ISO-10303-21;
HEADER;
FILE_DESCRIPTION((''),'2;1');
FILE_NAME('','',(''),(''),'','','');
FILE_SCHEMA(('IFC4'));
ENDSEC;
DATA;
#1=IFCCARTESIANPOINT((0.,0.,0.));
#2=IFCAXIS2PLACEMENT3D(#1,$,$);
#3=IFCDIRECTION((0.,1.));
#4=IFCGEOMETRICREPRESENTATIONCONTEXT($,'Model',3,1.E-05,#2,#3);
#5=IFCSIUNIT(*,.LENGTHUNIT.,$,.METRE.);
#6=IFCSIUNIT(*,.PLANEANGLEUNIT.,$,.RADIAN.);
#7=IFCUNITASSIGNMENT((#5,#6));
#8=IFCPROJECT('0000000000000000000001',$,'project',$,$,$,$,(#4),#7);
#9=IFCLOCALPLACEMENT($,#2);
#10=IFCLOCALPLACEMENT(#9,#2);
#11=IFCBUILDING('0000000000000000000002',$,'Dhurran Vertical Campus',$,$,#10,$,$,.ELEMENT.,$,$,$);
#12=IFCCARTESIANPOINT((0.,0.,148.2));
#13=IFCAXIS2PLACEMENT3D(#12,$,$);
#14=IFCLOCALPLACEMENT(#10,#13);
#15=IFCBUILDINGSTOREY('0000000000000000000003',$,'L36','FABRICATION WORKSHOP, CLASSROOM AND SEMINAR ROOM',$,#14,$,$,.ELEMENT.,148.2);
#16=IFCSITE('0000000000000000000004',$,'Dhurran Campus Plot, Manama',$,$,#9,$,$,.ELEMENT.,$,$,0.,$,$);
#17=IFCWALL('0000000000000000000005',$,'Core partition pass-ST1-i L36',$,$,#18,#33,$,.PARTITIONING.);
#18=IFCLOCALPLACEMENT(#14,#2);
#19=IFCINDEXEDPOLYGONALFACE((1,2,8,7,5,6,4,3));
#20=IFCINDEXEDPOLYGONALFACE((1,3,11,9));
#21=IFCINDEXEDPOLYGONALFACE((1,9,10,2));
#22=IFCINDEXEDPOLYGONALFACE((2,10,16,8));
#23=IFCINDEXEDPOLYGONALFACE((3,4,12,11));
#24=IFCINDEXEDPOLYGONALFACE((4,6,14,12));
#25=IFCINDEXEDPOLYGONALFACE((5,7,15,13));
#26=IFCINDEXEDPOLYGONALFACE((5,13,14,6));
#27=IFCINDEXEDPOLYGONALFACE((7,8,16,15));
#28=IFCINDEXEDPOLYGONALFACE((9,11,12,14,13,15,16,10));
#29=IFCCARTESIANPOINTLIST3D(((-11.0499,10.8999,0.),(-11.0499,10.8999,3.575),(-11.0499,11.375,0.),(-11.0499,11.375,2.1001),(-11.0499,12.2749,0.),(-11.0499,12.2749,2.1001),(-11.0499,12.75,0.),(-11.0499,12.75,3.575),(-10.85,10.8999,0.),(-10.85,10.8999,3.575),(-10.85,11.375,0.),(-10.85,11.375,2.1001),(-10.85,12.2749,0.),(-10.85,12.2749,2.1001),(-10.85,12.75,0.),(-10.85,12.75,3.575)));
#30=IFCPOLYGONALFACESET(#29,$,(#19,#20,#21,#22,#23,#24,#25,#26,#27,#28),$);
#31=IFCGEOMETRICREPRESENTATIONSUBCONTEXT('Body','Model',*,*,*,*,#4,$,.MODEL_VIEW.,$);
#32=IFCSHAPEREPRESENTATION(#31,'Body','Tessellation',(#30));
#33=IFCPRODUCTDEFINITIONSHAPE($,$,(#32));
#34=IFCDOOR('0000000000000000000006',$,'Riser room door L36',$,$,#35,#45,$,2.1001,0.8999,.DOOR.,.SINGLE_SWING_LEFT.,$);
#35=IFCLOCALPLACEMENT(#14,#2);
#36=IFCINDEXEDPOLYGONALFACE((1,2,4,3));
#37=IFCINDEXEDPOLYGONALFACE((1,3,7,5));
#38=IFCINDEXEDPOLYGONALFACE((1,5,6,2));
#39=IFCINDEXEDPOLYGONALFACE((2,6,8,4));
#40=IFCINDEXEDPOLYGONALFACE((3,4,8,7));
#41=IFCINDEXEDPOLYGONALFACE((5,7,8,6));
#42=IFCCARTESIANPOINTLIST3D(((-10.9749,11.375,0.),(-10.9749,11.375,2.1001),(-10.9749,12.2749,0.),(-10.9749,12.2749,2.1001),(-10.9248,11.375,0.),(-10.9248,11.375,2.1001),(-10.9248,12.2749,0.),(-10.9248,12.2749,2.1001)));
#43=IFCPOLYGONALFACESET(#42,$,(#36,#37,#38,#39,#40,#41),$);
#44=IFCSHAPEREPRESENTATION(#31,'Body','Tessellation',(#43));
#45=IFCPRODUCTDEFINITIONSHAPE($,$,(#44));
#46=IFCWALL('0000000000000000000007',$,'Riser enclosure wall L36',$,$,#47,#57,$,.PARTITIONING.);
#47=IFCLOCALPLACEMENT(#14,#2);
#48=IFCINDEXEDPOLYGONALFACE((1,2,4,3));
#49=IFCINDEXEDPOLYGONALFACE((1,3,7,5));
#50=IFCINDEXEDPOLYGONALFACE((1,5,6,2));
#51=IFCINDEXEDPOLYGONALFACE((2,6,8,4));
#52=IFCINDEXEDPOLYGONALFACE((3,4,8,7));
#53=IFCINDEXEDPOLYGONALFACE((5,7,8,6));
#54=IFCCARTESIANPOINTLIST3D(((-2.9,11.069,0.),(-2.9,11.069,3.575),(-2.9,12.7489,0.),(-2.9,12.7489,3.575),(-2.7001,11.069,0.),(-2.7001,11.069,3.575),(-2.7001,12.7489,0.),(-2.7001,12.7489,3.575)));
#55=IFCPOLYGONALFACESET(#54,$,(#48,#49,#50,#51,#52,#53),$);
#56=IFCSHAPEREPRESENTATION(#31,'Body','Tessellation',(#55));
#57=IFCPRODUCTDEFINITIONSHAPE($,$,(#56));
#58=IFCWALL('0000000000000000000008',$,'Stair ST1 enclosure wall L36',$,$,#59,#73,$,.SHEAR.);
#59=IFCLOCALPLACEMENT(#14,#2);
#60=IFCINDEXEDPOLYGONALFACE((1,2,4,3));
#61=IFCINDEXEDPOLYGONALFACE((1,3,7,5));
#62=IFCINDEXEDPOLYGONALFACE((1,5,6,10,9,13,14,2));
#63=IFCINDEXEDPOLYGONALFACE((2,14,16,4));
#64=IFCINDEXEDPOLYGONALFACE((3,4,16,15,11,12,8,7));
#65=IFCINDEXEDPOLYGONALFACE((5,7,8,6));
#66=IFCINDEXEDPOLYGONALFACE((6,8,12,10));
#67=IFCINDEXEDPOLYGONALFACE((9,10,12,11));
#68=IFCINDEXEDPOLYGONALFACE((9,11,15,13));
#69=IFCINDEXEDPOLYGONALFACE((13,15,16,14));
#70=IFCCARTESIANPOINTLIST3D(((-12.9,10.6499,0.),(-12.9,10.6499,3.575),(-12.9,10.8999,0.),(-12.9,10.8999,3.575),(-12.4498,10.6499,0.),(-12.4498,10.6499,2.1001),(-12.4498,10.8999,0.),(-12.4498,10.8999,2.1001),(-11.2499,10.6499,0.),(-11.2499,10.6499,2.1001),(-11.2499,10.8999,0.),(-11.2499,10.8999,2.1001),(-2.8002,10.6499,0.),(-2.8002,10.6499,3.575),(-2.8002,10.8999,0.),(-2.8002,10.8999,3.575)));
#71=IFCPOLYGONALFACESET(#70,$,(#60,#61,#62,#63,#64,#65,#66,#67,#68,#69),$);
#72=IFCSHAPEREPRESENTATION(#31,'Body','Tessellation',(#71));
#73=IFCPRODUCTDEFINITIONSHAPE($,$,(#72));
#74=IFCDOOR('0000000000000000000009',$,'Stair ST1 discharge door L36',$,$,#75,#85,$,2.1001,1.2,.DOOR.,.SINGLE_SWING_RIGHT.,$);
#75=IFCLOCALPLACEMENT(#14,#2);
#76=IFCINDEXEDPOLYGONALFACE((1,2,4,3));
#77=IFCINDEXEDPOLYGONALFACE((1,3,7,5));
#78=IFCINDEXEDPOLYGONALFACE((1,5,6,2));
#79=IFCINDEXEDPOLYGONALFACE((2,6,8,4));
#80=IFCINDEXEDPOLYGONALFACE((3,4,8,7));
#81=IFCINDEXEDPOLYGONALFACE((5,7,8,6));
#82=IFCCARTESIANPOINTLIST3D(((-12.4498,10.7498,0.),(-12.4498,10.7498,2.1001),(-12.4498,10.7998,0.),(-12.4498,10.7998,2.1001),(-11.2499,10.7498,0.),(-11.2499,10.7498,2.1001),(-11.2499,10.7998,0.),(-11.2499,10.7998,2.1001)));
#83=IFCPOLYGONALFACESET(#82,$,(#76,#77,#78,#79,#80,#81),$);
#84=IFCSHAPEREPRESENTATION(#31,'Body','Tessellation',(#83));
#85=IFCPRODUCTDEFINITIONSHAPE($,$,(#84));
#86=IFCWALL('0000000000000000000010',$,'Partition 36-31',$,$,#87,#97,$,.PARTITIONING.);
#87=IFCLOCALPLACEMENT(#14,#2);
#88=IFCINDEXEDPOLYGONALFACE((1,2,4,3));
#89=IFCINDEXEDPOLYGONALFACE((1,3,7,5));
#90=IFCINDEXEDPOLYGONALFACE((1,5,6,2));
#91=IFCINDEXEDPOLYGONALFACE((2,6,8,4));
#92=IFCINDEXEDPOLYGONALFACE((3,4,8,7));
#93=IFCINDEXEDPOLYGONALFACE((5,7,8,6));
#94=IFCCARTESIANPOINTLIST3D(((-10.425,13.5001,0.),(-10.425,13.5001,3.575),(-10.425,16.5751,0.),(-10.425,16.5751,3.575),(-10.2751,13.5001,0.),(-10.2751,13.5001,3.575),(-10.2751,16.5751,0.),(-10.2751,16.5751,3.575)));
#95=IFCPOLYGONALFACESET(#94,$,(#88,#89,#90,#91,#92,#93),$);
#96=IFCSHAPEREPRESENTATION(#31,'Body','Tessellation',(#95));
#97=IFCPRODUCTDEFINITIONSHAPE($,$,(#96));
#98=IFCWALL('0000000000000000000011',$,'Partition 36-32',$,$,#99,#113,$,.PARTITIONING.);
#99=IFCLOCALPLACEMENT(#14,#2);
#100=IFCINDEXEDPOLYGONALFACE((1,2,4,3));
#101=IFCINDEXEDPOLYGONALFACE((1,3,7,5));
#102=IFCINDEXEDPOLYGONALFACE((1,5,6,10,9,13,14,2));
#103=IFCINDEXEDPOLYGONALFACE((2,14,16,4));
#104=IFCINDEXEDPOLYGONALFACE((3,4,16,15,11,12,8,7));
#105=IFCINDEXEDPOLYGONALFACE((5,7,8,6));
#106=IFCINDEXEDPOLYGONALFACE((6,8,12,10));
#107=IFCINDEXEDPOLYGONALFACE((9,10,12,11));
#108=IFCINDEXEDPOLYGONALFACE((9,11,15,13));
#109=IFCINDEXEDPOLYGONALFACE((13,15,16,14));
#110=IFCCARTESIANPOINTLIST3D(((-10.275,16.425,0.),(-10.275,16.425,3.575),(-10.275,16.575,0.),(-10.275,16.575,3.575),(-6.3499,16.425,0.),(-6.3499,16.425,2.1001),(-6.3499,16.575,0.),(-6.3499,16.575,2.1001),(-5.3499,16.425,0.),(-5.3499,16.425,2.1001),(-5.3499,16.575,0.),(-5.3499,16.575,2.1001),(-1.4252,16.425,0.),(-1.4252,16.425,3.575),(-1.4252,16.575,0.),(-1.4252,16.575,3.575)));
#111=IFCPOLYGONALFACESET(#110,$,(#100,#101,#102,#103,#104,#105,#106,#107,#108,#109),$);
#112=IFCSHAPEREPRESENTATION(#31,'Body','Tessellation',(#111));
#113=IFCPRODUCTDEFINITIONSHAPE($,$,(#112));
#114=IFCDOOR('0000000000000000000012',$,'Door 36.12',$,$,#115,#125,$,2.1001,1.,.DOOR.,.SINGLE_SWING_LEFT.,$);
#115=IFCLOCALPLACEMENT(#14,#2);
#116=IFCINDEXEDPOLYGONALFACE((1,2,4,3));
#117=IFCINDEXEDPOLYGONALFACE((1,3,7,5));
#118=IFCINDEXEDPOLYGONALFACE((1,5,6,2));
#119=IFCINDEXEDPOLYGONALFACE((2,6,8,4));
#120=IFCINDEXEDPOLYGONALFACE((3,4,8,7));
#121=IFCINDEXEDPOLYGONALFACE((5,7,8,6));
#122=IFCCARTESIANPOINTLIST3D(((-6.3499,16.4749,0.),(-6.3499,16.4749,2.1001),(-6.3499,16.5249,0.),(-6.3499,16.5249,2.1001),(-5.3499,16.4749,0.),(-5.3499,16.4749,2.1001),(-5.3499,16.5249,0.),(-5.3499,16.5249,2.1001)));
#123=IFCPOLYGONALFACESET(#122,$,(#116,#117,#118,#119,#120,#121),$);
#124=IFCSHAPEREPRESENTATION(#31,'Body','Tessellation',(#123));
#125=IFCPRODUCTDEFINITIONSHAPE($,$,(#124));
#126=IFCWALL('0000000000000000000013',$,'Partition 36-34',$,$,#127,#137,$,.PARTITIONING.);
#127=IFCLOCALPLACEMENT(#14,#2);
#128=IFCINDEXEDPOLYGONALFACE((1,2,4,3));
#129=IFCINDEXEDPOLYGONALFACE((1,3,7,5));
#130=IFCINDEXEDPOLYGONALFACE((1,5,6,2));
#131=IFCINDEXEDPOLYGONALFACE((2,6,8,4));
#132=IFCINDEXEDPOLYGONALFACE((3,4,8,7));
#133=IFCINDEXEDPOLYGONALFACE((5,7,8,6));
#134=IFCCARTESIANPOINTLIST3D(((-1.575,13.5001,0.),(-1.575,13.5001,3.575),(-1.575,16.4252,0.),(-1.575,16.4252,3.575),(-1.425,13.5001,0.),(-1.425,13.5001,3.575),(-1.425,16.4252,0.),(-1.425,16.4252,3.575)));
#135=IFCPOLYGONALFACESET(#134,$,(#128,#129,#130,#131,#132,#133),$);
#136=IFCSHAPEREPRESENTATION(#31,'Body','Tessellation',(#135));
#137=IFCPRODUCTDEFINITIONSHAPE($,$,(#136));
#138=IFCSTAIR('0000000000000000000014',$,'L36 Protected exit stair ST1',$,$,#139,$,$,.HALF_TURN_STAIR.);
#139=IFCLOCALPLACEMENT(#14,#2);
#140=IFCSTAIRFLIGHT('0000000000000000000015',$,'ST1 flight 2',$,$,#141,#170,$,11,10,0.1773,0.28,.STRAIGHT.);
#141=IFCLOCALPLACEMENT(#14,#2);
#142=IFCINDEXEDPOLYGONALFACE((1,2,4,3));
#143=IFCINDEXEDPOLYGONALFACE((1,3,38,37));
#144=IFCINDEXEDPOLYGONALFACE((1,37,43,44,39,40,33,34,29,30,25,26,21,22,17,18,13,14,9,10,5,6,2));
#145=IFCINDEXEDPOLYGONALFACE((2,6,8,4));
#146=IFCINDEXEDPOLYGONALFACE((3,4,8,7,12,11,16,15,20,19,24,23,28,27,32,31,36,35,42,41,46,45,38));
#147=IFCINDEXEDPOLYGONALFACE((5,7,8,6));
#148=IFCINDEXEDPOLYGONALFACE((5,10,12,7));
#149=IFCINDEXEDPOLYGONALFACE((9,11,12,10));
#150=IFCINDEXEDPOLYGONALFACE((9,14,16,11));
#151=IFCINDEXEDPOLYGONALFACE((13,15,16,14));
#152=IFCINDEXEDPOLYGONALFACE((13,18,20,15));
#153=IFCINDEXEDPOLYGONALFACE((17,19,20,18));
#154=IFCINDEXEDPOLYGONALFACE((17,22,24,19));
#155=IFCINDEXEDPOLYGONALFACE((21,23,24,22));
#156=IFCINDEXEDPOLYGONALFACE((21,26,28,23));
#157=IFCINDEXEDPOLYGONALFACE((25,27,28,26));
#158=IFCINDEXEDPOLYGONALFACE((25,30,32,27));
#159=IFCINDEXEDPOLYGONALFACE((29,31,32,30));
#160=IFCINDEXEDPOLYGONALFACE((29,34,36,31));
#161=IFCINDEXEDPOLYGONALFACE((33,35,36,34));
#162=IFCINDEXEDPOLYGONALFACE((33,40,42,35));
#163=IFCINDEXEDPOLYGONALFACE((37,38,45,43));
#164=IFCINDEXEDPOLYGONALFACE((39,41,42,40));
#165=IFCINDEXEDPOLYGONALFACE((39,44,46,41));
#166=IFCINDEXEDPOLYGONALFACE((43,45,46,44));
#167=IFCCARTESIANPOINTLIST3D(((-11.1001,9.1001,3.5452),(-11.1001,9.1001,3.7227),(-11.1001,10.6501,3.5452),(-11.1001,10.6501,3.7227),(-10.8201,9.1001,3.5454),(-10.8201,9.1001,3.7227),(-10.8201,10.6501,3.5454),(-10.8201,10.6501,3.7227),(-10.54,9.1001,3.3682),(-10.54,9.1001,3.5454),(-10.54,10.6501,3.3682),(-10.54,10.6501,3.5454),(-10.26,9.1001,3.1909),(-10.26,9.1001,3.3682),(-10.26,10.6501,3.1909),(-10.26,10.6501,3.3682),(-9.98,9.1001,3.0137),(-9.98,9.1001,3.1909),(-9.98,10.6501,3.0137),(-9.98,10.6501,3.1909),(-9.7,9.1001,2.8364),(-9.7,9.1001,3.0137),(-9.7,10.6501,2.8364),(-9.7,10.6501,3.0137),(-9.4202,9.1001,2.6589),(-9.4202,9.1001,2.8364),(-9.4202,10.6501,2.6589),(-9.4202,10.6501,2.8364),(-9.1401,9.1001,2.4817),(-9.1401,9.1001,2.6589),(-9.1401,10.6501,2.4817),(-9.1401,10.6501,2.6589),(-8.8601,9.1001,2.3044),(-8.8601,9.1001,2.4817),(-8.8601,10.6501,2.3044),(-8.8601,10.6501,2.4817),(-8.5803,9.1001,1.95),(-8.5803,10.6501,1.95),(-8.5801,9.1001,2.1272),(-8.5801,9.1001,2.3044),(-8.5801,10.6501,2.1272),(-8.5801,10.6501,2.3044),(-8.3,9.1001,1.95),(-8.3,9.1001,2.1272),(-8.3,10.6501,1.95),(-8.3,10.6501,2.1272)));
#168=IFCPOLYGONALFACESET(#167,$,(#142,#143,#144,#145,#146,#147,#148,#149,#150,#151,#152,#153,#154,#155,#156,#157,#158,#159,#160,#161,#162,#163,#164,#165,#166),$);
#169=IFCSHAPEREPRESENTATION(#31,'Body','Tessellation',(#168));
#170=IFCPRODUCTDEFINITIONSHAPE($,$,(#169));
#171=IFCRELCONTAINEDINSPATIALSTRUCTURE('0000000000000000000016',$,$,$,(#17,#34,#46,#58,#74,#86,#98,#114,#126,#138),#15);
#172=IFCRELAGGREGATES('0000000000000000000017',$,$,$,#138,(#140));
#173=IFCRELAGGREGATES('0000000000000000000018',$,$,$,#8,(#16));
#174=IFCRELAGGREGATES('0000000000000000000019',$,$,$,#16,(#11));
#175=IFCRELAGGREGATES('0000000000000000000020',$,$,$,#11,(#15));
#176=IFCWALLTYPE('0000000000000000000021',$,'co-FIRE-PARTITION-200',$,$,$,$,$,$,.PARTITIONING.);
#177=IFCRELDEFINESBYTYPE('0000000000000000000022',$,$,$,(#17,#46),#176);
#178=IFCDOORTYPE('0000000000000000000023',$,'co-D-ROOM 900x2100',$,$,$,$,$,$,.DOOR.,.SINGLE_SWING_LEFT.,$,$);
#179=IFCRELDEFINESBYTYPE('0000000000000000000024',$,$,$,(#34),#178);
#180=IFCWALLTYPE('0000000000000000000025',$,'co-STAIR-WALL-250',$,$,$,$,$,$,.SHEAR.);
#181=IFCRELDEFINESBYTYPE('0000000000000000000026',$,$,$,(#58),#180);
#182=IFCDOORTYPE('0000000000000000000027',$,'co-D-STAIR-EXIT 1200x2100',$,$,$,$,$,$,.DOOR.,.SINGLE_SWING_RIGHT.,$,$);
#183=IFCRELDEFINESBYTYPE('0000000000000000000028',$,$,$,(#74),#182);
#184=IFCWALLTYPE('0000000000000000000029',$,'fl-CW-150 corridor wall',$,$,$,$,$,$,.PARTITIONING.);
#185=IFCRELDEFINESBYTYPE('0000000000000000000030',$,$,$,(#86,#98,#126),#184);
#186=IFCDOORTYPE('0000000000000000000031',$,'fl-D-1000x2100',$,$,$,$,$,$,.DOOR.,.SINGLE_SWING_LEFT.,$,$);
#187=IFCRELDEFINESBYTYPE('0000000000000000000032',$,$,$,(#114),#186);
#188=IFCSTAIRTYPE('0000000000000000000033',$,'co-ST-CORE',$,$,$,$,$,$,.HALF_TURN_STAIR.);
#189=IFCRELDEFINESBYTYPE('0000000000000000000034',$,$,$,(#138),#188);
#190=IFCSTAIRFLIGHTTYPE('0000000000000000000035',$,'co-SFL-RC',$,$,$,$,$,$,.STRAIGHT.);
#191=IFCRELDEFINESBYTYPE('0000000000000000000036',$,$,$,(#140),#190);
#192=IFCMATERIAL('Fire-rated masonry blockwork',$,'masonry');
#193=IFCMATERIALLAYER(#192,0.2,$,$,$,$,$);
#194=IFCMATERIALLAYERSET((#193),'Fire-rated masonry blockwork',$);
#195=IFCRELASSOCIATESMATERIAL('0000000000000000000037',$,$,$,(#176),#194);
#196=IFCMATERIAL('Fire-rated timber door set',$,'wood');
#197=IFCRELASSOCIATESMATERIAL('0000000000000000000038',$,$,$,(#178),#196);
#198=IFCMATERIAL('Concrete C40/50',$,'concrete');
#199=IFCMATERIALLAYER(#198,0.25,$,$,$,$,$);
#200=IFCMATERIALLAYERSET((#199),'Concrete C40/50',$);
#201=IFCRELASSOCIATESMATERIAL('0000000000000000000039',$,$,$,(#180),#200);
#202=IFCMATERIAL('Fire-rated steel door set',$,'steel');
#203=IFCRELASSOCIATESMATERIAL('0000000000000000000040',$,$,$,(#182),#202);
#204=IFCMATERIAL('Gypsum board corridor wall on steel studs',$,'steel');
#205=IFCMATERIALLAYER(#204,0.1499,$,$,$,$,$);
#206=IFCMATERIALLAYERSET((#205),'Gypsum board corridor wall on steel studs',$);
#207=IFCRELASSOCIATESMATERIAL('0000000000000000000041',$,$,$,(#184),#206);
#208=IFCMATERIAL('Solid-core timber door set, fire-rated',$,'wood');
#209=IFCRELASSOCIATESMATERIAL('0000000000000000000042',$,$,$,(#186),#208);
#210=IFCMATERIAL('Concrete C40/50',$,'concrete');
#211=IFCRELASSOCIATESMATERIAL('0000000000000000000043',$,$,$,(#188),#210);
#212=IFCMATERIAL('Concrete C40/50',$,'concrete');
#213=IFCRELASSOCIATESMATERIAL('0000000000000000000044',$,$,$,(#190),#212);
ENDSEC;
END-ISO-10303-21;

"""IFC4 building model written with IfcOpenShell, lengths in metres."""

from ifc_helpers import new_model, si_unit, direction, frame, frame_2d, origin, place, context, subcontext, project, spatial, polyline, rectangle, outline, extrude, material, layer, layer_set, type_object, element, fill, aggregate, save


model = new_model("IFC4")

# Units and contexts
model_context = context("Model", 3, precision=1e-05, world=origin(), true_north=direction((0.0, 1.0)))
body_context = subcontext(model_context, "Body", "Model", "MODEL_VIEW")
ifc_project = project(units=[si_unit("LENGTHUNIT", "METRE"), si_unit("PLANEANGLEUNIT", "RADIAN")], contexts=[model_context])

# Site, building, storey
site_placement = place(None, origin())
site = spatial("IfcSite", under=ifc_project, at=site_placement, Name="Dhurran Campus Plot, Manama", CompositionType="ELEMENT", RefElevation=0.0)
building_placement = place(site_placement, origin())
building = spatial("IfcBuilding", under=site, at=building_placement, Name="Dhurran Vertical Campus", CompositionType="ELEMENT")
storey_placement = place(building_placement, frame((0.0, 0.0, 148.2)))
storey = spatial("IfcBuildingStorey", under=building, at=storey_placement, Name="L36", Description="FABRICATION WORKSHOP, CLASSROOM AND SEMINAR ROOM", CompositionType="ELEMENT", Elevation=148.2)

# Shared definitions
ifc_material_1 = material(Name="Fire-rated masonry blockwork", Category="masonry")
ifc_layer_1 = layer(ifc_material_1, 0.2)
ifc_layer_set_1 = layer_set([ifc_layer_1], Name="Fire-rated masonry blockwork")
wall_type_1 = type_object("IfcWallType", Name="co-FIRE-PARTITION-200", PredefinedType="PARTITIONING", material=ifc_layer_set_1)

# Wall, opening, door
wall_1_placement = place(storey_placement, frame((-10.95, 10.8999, 0.0), z_axis=(0.0, 0.0, 1.0), x_axis=(0.0, 1.0, 0.0)))
wall_1 = element("IfcWall", 1, at=wall_1_placement, inside=storey, type_object=wall_type_1, Name="Core partition pass-ST1-i L36", PredefinedType="PARTITIONING", context=body_context, shape_type="SweptSolid", body=[
    extrude(rectangle(XDim=1.8501, YDim=0.2, at=frame_2d((0.925, 0.0))), origin(), (0.0, 0.0, 1.0), 3.575),
])
opening_1_placement = place(wall_1_placement, frame((0.4751, 0.0, 0.0)))
opening_1 = element("IfcOpeningElement", 2, at=opening_1_placement, cuts=wall_1, PredefinedType="OPENING", context=body_context, shape_type="SweptSolid", body=[
    extrude(rectangle(XDim=0.8999, YDim=2.1001, at=frame_2d((0.45, 1.05))), frame((0.0, 0.1099, 0.0), z_axis=(0.0, -1.0, 0.0), x_axis=(1.0, 0.0, 0.0)), (0.0, 0.0, 1.0), 0.22),
])
ifc_material_2 = material(Name="Fire-rated timber door set", Category="wood")
door_type_1 = type_object("IfcDoorType", Name="co-D-ROOM 900x2100", OperationType="SINGLE_SWING_LEFT", PredefinedType="DOOR", material=ifc_material_2)
door_1_placement = place(opening_1_placement, origin())
door_1 = element("IfcDoor", 3, at=door_1_placement, inside=storey, type_object=door_type_1, Name="Riser room door L36", OperationType="SINGLE_SWING_LEFT", OverallHeight=2.1001, OverallWidth=0.8999, PredefinedType="DOOR", context=body_context, shape_type="SweptSolid", body=[
    extrude(rectangle(XDim=0.8999, YDim=2.1001, at=frame_2d((0.45, 1.05))), frame((0.0, 0.0249, 0.0), z_axis=(0.0, -1.0, 0.0), x_axis=(1.0, 0.0, 0.0)), (0.0, 0.0, 1.0), 0.05),
])
fill(opening_1, door_1)

# Wall
wall_2_placement = place(storey_placement, frame((-2.8, 11.0691, 0.0), z_axis=(0.0, 0.0, 1.0), x_axis=(0.0, 1.0, 0.0)))
element("IfcWall", 4, at=wall_2_placement, inside=storey, type_object=wall_type_1, Name="Riser enclosure wall L36", PredefinedType="PARTITIONING", context=body_context, shape_type="SweptSolid", body=[
    extrude(rectangle(XDim=1.6799, YDim=0.2, at=frame_2d((0.8398, 0.0))), origin(), (0.0, 0.0, 1.0), 3.575),
])

# Wall, opening, door
ifc_material_3 = material(Name="Concrete C40/50", Category="concrete")
ifc_layer_2 = layer(ifc_material_3, 0.25)
ifc_layer_set_2 = layer_set([ifc_layer_2], Name="Concrete C40/50")
wall_type_2 = type_object("IfcWallType", Name="co-STAIR-WALL-250", PredefinedType="SHEAR", material=ifc_layer_set_2)
wall_3_placement = place(storey_placement, frame((-12.8999, 10.7749, 0.0), z_axis=(0.0, 0.0, 1.0), x_axis=(1.0, 0.0, 0.0)))
wall_3 = element("IfcWall", 5, at=wall_3_placement, inside=storey, type_object=wall_type_2, Name="Stair ST1 enclosure wall L36", PredefinedType="SHEAR", context=body_context, shape_type="SweptSolid", body=[
    extrude(rectangle(XDim=10.0999, YDim=0.25, at=frame_2d((5.0498, 0.0))), origin(), (0.0, 0.0, 1.0), 3.575),
])
opening_2_placement = place(wall_3_placement, frame((0.45, 0.0, 0.0)))
opening_2 = element("IfcOpeningElement", 6, at=opening_2_placement, cuts=wall_3, PredefinedType="OPENING", context=body_context, shape_type="SweptSolid", body=[
    extrude(rectangle(XDim=1.2, YDim=2.1001, at=frame_2d((0.6001, 1.05))), frame((0.0, 0.135, 0.0), z_axis=(0.0, -1.0, 0.0), x_axis=(1.0, 0.0, 0.0)), (0.0, 0.0, 1.0), 0.27),
])
ifc_material_4 = material(Name="Fire-rated steel door set", Category="steel")
door_type_2 = type_object("IfcDoorType", Name="co-D-STAIR-EXIT 1200x2100", OperationType="SINGLE_SWING_RIGHT", PredefinedType="DOOR", material=ifc_material_4)
door_2_placement = place(opening_2_placement, origin())
door_2 = element("IfcDoor", 7, at=door_2_placement, inside=storey, type_object=door_type_2, Name="Stair ST1 discharge door L36", OperationType="SINGLE_SWING_RIGHT", OverallHeight=2.1001, OverallWidth=1.2, PredefinedType="DOOR", context=body_context, shape_type="SweptSolid", body=[
    extrude(rectangle(XDim=1.2, YDim=2.1001, at=frame_2d((0.6001, 1.05))), frame((0.0, 0.0249, 0.0), z_axis=(0.0, -1.0, 0.0), x_axis=(1.0, 0.0, 0.0)), (0.0, 0.0, 1.0), 0.05),
])
fill(opening_2, door_2)

# Wall
ifc_material_5 = material(Name="Gypsum board corridor wall on steel studs", Category="steel")
ifc_layer_3 = layer(ifc_material_5, 0.1499)
ifc_layer_set_3 = layer_set([ifc_layer_3], Name="Gypsum board corridor wall on steel studs")
wall_type_3 = type_object("IfcWallType", Name="fl-CW-150 corridor wall", PredefinedType="PARTITIONING", material=ifc_layer_set_3)
wall_4_placement = place(storey_placement, frame((-10.3501, 13.5, 0.0), z_axis=(0.0, 0.0, 1.0), x_axis=(0.0, 1.0, 0.0)))
element("IfcWall", 8, at=wall_4_placement, inside=storey, type_object=wall_type_3, Name="Partition 36-31", PredefinedType="PARTITIONING", context=body_context, shape_type="SweptSolid", body=[
    extrude(rectangle(XDim=3.075, YDim=0.1499, at=frame_2d((1.5376, 0.0))), origin(), (0.0, 0.0, 1.0), 3.575),
])

# Wall, opening, door
wall_5_placement = place(storey_placement, frame((-10.2749, 16.5, 0.0), z_axis=(0.0, 0.0, 1.0), x_axis=(1.0, 0.0, 0.0)))
wall_5 = element("IfcWall", 9, at=wall_5_placement, inside=storey, type_object=wall_type_3, Name="Partition 36-32", PredefinedType="PARTITIONING", context=body_context, shape_type="SweptSolid", body=[
    extrude(rectangle(XDim=8.8499, YDim=0.1499, at=frame_2d((4.4248, 0.0))), origin(), (0.0, 0.0, 1.0), 3.575),
])
opening_3_placement = place(wall_5_placement, frame((3.925, 0.0, 0.0)))
opening_3 = element("IfcOpeningElement", 10, at=opening_3_placement, cuts=wall_5, PredefinedType="OPENING", context=body_context, shape_type="SweptSolid", body=[
    extrude(rectangle(XDim=1.0, YDim=2.1001, at=frame_2d((0.5, 1.05))), frame((0.0, 0.085, 0.0), z_axis=(0.0, -1.0, 0.0), x_axis=(1.0, 0.0, 0.0)), (0.0, 0.0, 1.0), 0.1699),
])
ifc_material_6 = material(Name="Solid-core timber door set, fire-rated", Category="wood")
door_type_3 = type_object("IfcDoorType", Name="fl-D-1000x2100", OperationType="SINGLE_SWING_LEFT", PredefinedType="DOOR", material=ifc_material_6)
door_3_placement = place(opening_3_placement, origin())
door_3 = element("IfcDoor", 11, at=door_3_placement, inside=storey, type_object=door_type_3, Name="Door 36.12", OperationType="SINGLE_SWING_LEFT", OverallHeight=2.1001, OverallWidth=1.0, PredefinedType="DOOR", context=body_context, shape_type="SweptSolid", body=[
    extrude(rectangle(XDim=1.0, YDim=2.1001, at=frame_2d((0.5, 1.05))), frame((0.0, 0.0249, 0.0), z_axis=(0.0, -1.0, 0.0), x_axis=(1.0, 0.0, 0.0)), (0.0, 0.0, 1.0), 0.05),
])
fill(opening_3, door_3)

# Wall
wall_6_placement = place(storey_placement, frame((-1.5, 16.425, 0.0), z_axis=(0.0, 0.0, 1.0), x_axis=(0.0, -1.0, 0.0)))
element("IfcWall", 12, at=wall_6_placement, inside=storey, type_object=wall_type_3, Name="Partition 36-34", PredefinedType="PARTITIONING", context=body_context, shape_type="SweptSolid", body=[
    extrude(rectangle(XDim=2.925, YDim=0.1499, at=frame_2d((1.4624, 0.0))), origin(), (0.0, 0.0, 1.0), 3.575),
])

# Stair, stair flight
ifc_material_7 = material(Name="Concrete C40/50", Category="concrete")
stair_type = type_object("IfcStairType", Name="co-ST-CORE", PredefinedType="HALF_TURN_STAIR", material=ifc_material_7)
stair_placement = place(storey_placement, origin())
stair = element("IfcStair", 13, at=stair_placement, inside=storey, type_object=stair_type, Name="L36 Protected exit stair ST1", PredefinedType="HALF_TURN_STAIR")
ifc_material_8 = material(Name="Concrete C40/50", Category="concrete")
stair_flight_type = type_object("IfcStairFlightType", Name="co-SFL-RC", PredefinedType="STRAIGHT", material=ifc_material_8)
stair_flight_placement = place(storey_placement, frame((-8.3, 9.875, 1.95), z_axis=(0.0, 0.0, 1.0), x_axis=(-1.0, 0.0, 0.0)))
stair_flight = element("IfcStairFlight", 14, at=stair_flight_placement, type_object=stair_flight_type, Name="ST1 flight 2", NumberOfRisers=11, NumberOfTreads=10, PredefinedType="STRAIGHT", RiserHeight=0.1773, TreadLength=0.28, context=body_context, shape_type="SweptSolid", body=[
    extrude(outline(polyline([(0.0, 0.0), (0.0, 0.1772), (0.28, 0.1772), (0.28, 0.3545), (0.5601, 0.3545), (0.5601, 0.5317), (0.8401, 0.5317), (0.8401, 0.709), (1.1201, 0.709), (1.1201, 0.8865), (1.3999, 0.8865), (1.3999, 1.0637), (1.6799, 1.0637), (1.6799, 1.241), (1.96, 1.241), (1.96, 1.4182), (2.24, 1.4182), (2.24, 1.5955), (2.52, 1.5955), (2.52, 1.7727), (2.8, 1.7727), (2.8, 1.95), (2.8, 1.5952), (0.2803, 0.0), (0.0, 0.0)])), frame((0.0, 0.7749, 0.0), z_axis=(0.0, -1.0, 0.0), x_axis=(1.0, 0.0, 0.0)), (0.0, 0.0, 1.0), 1.55),
])
aggregate(stair, [stair_flight])

save(model, "model.ifc")
